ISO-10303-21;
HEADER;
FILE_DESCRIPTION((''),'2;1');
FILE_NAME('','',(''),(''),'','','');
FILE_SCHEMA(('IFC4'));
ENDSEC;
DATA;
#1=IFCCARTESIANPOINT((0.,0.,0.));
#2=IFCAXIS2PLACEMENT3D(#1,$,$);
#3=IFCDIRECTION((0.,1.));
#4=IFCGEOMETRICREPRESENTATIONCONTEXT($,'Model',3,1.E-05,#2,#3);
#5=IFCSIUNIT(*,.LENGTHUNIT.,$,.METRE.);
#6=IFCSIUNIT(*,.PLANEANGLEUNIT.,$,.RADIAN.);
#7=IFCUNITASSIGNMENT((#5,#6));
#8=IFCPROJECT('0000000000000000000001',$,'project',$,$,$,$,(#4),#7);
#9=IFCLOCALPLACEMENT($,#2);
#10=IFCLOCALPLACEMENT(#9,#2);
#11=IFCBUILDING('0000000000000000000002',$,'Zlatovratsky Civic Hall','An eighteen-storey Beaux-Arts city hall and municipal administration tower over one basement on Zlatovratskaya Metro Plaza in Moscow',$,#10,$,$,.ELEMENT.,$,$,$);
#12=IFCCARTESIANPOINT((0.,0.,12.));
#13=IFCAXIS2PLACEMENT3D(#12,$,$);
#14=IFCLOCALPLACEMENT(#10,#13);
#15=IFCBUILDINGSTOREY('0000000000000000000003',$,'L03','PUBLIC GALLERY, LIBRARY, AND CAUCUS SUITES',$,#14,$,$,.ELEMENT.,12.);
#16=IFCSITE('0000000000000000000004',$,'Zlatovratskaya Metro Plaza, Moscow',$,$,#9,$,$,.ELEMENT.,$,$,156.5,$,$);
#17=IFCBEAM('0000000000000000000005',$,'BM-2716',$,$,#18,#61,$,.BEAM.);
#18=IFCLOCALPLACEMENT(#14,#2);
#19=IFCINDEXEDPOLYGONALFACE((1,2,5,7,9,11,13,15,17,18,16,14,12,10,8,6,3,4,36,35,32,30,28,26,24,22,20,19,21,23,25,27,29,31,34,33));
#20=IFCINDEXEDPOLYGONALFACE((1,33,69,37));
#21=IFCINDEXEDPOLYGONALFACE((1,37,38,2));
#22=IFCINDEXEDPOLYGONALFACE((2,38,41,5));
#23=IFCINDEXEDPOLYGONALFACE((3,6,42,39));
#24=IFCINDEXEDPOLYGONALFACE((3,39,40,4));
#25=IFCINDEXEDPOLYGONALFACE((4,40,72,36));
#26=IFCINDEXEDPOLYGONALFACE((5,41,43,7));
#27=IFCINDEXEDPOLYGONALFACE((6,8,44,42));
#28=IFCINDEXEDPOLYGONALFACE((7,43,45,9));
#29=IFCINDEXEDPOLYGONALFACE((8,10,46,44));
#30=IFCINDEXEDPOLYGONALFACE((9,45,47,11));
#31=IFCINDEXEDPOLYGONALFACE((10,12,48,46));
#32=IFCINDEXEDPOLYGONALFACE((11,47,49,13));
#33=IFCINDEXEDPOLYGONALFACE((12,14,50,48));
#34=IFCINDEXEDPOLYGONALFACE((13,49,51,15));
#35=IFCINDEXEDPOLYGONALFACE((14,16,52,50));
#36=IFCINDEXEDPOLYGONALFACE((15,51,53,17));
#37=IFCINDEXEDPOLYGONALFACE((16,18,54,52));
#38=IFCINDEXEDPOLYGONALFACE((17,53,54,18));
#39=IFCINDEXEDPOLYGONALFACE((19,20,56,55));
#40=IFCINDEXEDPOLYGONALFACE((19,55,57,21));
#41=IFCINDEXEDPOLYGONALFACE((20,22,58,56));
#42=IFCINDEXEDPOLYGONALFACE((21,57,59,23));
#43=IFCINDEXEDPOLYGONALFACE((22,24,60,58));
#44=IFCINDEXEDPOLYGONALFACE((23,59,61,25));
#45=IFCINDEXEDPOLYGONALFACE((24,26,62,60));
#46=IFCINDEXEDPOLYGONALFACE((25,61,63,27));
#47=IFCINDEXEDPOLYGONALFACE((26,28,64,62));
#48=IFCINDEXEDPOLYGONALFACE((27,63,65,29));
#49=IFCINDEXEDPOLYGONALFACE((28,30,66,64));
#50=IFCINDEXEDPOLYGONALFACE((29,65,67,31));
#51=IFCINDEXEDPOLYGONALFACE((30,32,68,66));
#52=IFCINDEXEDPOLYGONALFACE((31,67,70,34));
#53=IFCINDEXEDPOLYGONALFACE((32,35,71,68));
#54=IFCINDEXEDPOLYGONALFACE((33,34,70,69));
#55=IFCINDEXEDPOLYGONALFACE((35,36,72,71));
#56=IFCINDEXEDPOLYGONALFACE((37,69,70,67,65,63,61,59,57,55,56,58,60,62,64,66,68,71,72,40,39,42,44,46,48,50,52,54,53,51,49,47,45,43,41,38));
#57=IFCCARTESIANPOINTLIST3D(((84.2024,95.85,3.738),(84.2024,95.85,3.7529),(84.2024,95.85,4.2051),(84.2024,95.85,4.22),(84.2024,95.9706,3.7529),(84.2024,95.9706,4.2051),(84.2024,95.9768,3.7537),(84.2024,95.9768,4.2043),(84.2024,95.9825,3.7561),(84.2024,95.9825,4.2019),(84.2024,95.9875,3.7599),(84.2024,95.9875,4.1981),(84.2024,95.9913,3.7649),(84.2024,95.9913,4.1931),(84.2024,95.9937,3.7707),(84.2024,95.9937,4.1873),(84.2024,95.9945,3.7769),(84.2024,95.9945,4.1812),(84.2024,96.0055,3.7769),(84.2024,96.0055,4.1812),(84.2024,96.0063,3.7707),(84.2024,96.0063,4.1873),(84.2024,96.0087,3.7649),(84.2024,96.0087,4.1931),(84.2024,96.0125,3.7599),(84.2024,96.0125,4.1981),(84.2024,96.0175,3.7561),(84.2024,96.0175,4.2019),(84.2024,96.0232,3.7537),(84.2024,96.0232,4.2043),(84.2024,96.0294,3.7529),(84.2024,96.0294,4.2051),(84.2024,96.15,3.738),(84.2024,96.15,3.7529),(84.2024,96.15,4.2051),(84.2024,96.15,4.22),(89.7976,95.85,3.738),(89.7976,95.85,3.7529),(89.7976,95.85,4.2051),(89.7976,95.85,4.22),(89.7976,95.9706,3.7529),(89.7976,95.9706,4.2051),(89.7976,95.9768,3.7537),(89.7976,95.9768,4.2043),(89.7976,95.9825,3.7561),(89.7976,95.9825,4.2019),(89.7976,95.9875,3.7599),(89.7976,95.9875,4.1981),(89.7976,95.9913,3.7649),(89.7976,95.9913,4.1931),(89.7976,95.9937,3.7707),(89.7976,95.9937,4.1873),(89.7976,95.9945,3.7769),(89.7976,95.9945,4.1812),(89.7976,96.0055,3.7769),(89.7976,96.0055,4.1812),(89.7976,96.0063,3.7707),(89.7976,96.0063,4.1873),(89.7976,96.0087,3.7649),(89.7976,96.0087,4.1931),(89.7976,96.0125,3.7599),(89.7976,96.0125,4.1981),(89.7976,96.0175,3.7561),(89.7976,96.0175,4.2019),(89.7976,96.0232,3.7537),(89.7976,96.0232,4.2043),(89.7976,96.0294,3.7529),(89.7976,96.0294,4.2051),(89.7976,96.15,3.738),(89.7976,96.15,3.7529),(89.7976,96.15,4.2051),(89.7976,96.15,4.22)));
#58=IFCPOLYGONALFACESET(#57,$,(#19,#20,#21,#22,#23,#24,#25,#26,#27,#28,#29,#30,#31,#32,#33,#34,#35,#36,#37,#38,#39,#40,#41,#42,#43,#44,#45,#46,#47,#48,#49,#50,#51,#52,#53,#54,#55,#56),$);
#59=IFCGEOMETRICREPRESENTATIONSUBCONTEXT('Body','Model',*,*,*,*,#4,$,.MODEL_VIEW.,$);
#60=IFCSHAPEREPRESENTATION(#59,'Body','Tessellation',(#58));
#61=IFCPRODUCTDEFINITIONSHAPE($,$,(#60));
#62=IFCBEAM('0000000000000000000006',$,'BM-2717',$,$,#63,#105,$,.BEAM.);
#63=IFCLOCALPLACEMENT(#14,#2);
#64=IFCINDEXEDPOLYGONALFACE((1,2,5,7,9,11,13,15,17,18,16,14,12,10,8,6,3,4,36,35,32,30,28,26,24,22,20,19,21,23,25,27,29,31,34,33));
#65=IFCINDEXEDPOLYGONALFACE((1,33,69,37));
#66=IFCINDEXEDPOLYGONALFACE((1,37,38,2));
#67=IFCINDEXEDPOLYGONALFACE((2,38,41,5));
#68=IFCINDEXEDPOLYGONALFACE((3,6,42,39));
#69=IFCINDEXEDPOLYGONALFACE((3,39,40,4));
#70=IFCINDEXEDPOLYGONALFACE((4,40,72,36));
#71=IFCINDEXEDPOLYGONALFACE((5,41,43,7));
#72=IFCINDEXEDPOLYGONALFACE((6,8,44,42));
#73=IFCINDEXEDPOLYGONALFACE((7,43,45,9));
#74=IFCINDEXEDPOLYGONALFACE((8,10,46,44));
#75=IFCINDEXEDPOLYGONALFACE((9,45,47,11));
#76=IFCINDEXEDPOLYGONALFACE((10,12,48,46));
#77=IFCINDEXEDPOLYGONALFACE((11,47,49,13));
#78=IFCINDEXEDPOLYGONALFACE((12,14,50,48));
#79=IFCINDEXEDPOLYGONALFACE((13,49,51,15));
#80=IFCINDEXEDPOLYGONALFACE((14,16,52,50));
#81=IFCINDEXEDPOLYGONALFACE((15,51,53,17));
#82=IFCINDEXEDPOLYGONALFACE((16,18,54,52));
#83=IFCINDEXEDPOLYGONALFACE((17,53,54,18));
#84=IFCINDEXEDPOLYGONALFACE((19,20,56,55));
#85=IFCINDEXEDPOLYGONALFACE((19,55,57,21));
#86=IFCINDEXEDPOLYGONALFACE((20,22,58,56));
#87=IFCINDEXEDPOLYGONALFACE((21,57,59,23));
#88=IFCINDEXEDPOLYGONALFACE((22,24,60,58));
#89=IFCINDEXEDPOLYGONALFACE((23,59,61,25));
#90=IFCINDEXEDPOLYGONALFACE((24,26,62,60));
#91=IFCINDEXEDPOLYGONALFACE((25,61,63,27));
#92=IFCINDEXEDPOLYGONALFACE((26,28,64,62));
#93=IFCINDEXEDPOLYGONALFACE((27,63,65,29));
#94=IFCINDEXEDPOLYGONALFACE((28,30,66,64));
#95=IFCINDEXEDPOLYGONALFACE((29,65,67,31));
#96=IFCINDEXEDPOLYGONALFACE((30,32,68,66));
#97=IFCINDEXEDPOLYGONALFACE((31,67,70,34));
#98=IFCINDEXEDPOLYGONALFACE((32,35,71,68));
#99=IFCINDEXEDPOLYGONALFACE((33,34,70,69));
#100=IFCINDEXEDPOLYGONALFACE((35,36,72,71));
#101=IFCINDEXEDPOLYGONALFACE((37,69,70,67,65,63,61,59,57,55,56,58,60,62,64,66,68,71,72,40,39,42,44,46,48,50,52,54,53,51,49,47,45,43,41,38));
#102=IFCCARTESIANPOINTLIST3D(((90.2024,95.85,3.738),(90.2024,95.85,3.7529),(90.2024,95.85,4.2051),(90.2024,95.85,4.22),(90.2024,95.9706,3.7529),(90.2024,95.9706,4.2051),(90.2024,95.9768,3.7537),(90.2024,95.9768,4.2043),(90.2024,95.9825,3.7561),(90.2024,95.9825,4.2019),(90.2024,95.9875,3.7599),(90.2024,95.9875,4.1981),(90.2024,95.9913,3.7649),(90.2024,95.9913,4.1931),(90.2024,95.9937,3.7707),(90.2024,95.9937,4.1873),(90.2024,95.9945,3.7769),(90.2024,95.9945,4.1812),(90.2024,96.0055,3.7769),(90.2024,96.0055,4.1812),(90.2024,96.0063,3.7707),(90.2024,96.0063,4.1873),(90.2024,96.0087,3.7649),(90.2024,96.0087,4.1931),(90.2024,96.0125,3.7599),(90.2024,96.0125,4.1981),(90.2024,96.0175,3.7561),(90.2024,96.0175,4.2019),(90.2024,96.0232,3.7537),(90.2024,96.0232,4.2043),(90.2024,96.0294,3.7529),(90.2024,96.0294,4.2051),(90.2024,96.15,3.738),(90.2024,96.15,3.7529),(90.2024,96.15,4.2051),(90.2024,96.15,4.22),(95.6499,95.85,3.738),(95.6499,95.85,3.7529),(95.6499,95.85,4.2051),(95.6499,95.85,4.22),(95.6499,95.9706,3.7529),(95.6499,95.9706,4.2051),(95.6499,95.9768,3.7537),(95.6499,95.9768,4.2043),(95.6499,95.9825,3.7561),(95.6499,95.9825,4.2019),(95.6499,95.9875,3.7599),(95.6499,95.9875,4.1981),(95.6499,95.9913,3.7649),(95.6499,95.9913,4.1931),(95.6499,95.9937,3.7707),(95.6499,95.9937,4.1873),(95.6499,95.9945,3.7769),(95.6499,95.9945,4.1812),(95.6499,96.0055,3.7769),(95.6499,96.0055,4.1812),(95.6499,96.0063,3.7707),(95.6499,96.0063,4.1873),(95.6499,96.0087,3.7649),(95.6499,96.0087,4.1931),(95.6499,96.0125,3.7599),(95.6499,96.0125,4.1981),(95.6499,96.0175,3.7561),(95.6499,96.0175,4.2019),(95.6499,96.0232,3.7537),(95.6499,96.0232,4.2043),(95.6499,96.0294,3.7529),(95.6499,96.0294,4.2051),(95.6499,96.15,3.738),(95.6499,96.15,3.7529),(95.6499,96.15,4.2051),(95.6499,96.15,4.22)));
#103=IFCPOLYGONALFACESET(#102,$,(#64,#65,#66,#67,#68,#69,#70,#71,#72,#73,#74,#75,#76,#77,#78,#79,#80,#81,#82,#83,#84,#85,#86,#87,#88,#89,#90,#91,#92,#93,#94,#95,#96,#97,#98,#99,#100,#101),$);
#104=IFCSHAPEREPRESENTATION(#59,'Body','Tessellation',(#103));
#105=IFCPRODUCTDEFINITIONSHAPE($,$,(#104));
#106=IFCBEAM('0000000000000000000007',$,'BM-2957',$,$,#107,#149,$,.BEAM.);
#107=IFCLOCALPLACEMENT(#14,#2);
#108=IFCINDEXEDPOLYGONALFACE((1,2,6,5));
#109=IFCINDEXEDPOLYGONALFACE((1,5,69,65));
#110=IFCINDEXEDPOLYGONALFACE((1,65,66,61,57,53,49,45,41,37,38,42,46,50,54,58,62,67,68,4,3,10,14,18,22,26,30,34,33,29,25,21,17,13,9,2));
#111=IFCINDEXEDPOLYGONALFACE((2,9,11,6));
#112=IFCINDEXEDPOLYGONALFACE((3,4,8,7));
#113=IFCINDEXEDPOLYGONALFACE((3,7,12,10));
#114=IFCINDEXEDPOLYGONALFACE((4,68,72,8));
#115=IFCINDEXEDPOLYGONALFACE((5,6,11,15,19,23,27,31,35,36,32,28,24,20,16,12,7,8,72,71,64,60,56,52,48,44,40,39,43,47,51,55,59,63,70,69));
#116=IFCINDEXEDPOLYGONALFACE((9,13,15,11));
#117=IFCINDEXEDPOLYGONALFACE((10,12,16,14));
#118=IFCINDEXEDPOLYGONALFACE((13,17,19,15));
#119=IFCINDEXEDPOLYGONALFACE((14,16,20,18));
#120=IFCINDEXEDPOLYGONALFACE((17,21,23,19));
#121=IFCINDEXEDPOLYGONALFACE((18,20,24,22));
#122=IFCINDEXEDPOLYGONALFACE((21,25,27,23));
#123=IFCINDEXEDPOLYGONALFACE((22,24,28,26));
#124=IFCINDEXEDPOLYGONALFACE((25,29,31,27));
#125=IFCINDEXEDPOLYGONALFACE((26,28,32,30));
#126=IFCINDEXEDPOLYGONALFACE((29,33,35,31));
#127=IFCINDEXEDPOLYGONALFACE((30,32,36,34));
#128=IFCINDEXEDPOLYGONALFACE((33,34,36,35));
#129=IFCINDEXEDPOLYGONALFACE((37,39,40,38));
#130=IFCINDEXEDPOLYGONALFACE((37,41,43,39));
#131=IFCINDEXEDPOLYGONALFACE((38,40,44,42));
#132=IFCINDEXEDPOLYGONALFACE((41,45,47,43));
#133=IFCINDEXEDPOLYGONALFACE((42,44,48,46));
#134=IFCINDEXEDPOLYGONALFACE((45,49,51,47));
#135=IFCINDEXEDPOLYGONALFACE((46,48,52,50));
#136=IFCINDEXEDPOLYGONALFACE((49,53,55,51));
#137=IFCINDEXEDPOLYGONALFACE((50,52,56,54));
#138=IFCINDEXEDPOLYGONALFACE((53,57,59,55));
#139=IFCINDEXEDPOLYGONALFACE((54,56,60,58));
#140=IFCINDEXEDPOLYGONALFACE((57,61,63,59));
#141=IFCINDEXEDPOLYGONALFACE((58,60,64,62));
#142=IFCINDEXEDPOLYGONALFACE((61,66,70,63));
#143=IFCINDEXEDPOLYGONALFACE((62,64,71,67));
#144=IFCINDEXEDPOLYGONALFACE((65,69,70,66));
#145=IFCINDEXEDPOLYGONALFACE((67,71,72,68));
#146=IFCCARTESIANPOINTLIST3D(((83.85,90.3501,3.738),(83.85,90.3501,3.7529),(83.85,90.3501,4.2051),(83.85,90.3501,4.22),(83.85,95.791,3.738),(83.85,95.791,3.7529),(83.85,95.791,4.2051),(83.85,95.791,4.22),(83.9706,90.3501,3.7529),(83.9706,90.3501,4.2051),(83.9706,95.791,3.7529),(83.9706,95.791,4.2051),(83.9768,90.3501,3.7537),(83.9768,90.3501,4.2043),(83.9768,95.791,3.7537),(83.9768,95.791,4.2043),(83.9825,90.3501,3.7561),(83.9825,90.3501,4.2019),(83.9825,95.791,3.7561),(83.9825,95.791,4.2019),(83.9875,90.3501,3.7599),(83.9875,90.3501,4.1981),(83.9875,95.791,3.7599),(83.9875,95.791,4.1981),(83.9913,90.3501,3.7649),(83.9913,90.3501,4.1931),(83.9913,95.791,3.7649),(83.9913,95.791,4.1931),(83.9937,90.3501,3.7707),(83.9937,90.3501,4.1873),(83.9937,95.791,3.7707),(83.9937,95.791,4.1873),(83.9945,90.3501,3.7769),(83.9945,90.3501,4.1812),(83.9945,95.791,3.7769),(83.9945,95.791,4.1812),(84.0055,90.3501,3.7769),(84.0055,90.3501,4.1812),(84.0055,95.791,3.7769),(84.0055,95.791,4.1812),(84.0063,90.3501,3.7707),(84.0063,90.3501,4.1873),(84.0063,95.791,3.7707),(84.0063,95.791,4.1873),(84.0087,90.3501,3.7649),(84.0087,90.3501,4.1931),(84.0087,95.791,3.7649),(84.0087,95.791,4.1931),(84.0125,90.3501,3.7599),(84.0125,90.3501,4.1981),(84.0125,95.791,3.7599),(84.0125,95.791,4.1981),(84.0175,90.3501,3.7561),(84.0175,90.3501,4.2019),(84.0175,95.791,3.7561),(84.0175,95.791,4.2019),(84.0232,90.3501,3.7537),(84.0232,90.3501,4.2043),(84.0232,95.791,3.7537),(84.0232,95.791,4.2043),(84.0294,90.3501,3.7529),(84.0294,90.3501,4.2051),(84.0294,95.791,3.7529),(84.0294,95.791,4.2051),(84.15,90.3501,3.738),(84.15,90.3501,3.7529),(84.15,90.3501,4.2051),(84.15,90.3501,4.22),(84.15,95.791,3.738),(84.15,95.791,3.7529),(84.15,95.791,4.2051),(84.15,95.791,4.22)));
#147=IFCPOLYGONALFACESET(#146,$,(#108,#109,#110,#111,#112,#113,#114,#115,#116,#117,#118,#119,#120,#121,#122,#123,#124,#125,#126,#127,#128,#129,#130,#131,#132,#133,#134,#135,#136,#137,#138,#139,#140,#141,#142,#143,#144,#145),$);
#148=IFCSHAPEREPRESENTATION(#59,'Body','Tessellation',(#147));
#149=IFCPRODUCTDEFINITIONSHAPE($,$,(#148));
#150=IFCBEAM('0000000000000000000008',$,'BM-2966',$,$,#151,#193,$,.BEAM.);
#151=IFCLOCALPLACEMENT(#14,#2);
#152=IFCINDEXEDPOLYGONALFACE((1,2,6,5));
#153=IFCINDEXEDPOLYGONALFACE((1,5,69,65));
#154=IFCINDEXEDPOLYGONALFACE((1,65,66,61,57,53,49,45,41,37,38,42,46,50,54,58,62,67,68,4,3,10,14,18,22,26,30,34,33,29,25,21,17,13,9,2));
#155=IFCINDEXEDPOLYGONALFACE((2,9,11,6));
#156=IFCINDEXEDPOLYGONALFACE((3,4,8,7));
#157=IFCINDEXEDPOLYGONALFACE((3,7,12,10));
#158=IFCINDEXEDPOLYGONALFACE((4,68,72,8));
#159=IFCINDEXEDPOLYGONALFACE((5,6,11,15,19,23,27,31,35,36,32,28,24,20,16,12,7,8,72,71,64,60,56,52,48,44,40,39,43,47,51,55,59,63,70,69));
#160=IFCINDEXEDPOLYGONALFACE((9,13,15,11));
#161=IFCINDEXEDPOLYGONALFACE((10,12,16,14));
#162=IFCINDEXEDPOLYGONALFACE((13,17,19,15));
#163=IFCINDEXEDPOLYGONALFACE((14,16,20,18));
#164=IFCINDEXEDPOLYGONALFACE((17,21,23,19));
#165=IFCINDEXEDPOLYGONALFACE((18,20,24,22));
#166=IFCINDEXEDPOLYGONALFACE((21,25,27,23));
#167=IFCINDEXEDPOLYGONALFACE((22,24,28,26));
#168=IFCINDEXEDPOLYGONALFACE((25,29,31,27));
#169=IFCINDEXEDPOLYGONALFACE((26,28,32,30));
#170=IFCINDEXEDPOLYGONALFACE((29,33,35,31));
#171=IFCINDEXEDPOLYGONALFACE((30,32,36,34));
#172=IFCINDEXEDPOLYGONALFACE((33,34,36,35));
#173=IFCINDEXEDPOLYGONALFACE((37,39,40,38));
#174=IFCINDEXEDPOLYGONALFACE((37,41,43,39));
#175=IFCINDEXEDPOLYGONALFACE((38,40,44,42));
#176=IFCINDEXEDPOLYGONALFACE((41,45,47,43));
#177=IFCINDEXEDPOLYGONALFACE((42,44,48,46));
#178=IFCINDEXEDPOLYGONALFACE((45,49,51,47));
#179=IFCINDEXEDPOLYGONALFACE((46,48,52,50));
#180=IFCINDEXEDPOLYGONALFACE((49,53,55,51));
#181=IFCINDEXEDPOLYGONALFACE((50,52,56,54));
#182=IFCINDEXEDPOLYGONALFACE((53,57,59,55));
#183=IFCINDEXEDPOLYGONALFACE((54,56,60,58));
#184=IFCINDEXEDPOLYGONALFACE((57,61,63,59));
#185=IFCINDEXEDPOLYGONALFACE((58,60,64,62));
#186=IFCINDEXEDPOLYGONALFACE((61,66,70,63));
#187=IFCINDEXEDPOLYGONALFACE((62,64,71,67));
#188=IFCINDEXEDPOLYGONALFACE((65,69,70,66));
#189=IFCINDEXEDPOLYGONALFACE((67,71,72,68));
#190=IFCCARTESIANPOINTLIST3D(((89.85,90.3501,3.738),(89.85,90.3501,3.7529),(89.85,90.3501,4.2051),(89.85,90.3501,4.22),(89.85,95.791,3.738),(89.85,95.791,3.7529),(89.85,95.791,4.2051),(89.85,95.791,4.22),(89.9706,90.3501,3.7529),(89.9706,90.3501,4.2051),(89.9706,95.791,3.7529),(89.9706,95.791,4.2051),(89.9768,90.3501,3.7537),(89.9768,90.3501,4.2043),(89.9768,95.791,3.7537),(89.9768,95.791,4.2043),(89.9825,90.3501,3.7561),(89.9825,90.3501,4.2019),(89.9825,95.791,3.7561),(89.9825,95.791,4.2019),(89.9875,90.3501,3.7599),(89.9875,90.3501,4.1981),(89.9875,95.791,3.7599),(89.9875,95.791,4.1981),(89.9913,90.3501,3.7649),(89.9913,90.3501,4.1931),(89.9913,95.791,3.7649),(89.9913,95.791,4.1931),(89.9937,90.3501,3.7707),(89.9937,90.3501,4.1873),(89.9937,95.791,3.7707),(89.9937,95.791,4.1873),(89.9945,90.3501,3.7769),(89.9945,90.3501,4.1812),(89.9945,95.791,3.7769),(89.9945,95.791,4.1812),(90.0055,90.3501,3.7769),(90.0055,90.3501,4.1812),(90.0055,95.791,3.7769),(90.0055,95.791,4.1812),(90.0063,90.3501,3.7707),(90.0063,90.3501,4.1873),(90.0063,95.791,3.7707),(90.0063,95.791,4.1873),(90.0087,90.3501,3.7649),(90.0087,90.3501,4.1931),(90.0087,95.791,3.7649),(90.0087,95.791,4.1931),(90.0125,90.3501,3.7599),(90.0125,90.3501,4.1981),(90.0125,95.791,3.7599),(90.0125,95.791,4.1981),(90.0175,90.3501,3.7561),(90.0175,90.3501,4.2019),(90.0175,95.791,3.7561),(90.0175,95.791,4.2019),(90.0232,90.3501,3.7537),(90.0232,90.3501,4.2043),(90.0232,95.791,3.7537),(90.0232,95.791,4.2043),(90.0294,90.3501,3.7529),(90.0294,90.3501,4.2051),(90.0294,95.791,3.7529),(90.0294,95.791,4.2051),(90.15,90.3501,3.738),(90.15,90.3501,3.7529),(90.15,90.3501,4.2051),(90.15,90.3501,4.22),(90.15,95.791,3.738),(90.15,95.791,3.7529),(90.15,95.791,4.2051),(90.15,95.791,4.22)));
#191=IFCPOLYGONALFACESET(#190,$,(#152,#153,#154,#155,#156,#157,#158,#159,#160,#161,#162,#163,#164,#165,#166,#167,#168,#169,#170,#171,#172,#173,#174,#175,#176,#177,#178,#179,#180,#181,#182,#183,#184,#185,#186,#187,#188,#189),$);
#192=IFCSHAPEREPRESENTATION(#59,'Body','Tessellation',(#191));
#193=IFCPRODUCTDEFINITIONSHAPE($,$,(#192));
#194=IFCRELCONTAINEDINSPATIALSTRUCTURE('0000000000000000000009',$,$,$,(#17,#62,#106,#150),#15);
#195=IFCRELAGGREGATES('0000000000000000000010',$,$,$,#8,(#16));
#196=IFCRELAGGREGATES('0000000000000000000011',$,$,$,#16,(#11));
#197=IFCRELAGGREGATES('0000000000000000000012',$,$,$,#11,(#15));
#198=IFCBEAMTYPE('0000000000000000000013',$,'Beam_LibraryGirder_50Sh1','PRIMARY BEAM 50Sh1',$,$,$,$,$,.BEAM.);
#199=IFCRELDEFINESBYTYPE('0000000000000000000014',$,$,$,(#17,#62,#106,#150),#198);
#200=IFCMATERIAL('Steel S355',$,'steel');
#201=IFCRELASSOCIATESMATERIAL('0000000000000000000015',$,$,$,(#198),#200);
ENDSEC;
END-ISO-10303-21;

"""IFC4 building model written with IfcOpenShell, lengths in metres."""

from ifc_helpers import new_model, si_unit, direction, frame, origin, origin_2d, place, context, subcontext, project, spatial, i_section, extrude, material, material_profile, profile_set, type_object, element, save


model = new_model("IFC4")

# Units and contexts
model_context = context("Model", 3, precision=1e-05, world=origin(), true_north=direction((0.0, 1.0)))
body_context = subcontext(model_context, "Body", "Model", "MODEL_VIEW")
ifc_project = project(units=[si_unit("LENGTHUNIT", "METRE"), si_unit("PLANEANGLEUNIT", "RADIAN")], contexts=[model_context])

# Site, building, storey
site_placement = place(None, origin())
site = spatial("IfcSite", under=ifc_project, at=site_placement, Name="Zlatovratskaya Metro Plaza, Moscow", CompositionType="ELEMENT", RefElevation=156.5)
building_placement = place(site_placement, origin())
building = spatial("IfcBuilding", under=site, at=building_placement, Name="Zlatovratsky Civic Hall", Description="An eighteen-storey Beaux-Arts city hall and municipal administration tower over one basement on Zlatovratskaya Metro Plaza in Moscow", CompositionType="ELEMENT")
storey_placement = place(building_placement, frame((0.0, 0.0, 12.0)))
storey = spatial("IfcBuildingStorey", under=building, at=storey_placement, Name="L03", Description="PUBLIC GALLERY, LIBRARY, AND CAUCUS SUITES", CompositionType="ELEMENT", Elevation=12.0)

# Shared definitions
ifc_material_1 = material(Name="Steel S355", Category="steel")

# Beams
ifc_material_profile_1 = material_profile(ifc_material_1, i_section(OverallWidth=0.3, OverallDepth=0.4819, WebThickness=0.011, FlangeThickness=0.0149, FilletRadius=0.0239, at=origin_2d()), Name="50Sh1")
ifc_profile_set_1 = profile_set([ifc_material_profile_1], Name="Steel S355")
beam_type_1 = type_object("IfcBeamType", Name="Beam_LibraryGirder_50Sh1", Description="PRIMARY BEAM 50Sh1", PredefinedType="BEAM", material=ifc_profile_set_1)
beam_1_placement = place(storey_placement, frame((84.2024, 96.0, 3.979), z_axis=(1.0, 0.0, 0.0), x_axis=(0.0, 1.0, 0.0)))
element("IfcBeam", 1, at=beam_1_placement, inside=storey, type_object=beam_type_1, Name="BM-2716", PredefinedType="BEAM", context=body_context, shape_type="SweptSolid", body=[
    extrude(i_section(OverallWidth=0.3, OverallDepth=0.4819, WebThickness=0.011, FlangeThickness=0.0149, FilletRadius=0.0239, at=origin_2d()), origin(), (0.0, 0.0, 1.0), 5.5952),
])
beam_2_placement = place(storey_placement, frame((90.2024, 96.0, 3.979), z_axis=(1.0, 0.0, 0.0), x_axis=(0.0, 1.0, 0.0)))
element("IfcBeam", 2, at=beam_2_placement, inside=storey, type_object=beam_type_1, Name="BM-2717", PredefinedType="BEAM", context=body_context, shape_type="SweptSolid", body=[
    extrude(i_section(OverallWidth=0.3, OverallDepth=0.4819, WebThickness=0.011, FlangeThickness=0.0149, FilletRadius=0.0239, at=origin_2d()), origin(), (0.0, 0.0, 1.0), 5.4475),
])
for number, where, z_axis, x_axis, name in (
    (3, (84.0, 90.3501, 3.979), (0.0, 1.0, 0.0), (-1.0, 0.0, 0.0), "BM-2957"),
    (4, (90.0, 90.3501, 3.979), (0.0, 1.0, 0.0), (-1.0, 0.0, 0.0), "BM-2966"),
):
    element("IfcBeam", number, at=place(storey_placement, frame(where, z_axis=z_axis, x_axis=x_axis)), inside=storey, type_object=beam_type_1, Name=name, PredefinedType="BEAM", context=body_context, shape_type="SweptSolid", body=[
        extrude(i_section(OverallWidth=0.3, OverallDepth=0.4819, WebThickness=0.011, FlangeThickness=0.0149, FilletRadius=0.0239, at=origin_2d()), origin(), (0.0, 0.0, 1.0), 5.4409),
    ])

save(model, "model.ifc")
